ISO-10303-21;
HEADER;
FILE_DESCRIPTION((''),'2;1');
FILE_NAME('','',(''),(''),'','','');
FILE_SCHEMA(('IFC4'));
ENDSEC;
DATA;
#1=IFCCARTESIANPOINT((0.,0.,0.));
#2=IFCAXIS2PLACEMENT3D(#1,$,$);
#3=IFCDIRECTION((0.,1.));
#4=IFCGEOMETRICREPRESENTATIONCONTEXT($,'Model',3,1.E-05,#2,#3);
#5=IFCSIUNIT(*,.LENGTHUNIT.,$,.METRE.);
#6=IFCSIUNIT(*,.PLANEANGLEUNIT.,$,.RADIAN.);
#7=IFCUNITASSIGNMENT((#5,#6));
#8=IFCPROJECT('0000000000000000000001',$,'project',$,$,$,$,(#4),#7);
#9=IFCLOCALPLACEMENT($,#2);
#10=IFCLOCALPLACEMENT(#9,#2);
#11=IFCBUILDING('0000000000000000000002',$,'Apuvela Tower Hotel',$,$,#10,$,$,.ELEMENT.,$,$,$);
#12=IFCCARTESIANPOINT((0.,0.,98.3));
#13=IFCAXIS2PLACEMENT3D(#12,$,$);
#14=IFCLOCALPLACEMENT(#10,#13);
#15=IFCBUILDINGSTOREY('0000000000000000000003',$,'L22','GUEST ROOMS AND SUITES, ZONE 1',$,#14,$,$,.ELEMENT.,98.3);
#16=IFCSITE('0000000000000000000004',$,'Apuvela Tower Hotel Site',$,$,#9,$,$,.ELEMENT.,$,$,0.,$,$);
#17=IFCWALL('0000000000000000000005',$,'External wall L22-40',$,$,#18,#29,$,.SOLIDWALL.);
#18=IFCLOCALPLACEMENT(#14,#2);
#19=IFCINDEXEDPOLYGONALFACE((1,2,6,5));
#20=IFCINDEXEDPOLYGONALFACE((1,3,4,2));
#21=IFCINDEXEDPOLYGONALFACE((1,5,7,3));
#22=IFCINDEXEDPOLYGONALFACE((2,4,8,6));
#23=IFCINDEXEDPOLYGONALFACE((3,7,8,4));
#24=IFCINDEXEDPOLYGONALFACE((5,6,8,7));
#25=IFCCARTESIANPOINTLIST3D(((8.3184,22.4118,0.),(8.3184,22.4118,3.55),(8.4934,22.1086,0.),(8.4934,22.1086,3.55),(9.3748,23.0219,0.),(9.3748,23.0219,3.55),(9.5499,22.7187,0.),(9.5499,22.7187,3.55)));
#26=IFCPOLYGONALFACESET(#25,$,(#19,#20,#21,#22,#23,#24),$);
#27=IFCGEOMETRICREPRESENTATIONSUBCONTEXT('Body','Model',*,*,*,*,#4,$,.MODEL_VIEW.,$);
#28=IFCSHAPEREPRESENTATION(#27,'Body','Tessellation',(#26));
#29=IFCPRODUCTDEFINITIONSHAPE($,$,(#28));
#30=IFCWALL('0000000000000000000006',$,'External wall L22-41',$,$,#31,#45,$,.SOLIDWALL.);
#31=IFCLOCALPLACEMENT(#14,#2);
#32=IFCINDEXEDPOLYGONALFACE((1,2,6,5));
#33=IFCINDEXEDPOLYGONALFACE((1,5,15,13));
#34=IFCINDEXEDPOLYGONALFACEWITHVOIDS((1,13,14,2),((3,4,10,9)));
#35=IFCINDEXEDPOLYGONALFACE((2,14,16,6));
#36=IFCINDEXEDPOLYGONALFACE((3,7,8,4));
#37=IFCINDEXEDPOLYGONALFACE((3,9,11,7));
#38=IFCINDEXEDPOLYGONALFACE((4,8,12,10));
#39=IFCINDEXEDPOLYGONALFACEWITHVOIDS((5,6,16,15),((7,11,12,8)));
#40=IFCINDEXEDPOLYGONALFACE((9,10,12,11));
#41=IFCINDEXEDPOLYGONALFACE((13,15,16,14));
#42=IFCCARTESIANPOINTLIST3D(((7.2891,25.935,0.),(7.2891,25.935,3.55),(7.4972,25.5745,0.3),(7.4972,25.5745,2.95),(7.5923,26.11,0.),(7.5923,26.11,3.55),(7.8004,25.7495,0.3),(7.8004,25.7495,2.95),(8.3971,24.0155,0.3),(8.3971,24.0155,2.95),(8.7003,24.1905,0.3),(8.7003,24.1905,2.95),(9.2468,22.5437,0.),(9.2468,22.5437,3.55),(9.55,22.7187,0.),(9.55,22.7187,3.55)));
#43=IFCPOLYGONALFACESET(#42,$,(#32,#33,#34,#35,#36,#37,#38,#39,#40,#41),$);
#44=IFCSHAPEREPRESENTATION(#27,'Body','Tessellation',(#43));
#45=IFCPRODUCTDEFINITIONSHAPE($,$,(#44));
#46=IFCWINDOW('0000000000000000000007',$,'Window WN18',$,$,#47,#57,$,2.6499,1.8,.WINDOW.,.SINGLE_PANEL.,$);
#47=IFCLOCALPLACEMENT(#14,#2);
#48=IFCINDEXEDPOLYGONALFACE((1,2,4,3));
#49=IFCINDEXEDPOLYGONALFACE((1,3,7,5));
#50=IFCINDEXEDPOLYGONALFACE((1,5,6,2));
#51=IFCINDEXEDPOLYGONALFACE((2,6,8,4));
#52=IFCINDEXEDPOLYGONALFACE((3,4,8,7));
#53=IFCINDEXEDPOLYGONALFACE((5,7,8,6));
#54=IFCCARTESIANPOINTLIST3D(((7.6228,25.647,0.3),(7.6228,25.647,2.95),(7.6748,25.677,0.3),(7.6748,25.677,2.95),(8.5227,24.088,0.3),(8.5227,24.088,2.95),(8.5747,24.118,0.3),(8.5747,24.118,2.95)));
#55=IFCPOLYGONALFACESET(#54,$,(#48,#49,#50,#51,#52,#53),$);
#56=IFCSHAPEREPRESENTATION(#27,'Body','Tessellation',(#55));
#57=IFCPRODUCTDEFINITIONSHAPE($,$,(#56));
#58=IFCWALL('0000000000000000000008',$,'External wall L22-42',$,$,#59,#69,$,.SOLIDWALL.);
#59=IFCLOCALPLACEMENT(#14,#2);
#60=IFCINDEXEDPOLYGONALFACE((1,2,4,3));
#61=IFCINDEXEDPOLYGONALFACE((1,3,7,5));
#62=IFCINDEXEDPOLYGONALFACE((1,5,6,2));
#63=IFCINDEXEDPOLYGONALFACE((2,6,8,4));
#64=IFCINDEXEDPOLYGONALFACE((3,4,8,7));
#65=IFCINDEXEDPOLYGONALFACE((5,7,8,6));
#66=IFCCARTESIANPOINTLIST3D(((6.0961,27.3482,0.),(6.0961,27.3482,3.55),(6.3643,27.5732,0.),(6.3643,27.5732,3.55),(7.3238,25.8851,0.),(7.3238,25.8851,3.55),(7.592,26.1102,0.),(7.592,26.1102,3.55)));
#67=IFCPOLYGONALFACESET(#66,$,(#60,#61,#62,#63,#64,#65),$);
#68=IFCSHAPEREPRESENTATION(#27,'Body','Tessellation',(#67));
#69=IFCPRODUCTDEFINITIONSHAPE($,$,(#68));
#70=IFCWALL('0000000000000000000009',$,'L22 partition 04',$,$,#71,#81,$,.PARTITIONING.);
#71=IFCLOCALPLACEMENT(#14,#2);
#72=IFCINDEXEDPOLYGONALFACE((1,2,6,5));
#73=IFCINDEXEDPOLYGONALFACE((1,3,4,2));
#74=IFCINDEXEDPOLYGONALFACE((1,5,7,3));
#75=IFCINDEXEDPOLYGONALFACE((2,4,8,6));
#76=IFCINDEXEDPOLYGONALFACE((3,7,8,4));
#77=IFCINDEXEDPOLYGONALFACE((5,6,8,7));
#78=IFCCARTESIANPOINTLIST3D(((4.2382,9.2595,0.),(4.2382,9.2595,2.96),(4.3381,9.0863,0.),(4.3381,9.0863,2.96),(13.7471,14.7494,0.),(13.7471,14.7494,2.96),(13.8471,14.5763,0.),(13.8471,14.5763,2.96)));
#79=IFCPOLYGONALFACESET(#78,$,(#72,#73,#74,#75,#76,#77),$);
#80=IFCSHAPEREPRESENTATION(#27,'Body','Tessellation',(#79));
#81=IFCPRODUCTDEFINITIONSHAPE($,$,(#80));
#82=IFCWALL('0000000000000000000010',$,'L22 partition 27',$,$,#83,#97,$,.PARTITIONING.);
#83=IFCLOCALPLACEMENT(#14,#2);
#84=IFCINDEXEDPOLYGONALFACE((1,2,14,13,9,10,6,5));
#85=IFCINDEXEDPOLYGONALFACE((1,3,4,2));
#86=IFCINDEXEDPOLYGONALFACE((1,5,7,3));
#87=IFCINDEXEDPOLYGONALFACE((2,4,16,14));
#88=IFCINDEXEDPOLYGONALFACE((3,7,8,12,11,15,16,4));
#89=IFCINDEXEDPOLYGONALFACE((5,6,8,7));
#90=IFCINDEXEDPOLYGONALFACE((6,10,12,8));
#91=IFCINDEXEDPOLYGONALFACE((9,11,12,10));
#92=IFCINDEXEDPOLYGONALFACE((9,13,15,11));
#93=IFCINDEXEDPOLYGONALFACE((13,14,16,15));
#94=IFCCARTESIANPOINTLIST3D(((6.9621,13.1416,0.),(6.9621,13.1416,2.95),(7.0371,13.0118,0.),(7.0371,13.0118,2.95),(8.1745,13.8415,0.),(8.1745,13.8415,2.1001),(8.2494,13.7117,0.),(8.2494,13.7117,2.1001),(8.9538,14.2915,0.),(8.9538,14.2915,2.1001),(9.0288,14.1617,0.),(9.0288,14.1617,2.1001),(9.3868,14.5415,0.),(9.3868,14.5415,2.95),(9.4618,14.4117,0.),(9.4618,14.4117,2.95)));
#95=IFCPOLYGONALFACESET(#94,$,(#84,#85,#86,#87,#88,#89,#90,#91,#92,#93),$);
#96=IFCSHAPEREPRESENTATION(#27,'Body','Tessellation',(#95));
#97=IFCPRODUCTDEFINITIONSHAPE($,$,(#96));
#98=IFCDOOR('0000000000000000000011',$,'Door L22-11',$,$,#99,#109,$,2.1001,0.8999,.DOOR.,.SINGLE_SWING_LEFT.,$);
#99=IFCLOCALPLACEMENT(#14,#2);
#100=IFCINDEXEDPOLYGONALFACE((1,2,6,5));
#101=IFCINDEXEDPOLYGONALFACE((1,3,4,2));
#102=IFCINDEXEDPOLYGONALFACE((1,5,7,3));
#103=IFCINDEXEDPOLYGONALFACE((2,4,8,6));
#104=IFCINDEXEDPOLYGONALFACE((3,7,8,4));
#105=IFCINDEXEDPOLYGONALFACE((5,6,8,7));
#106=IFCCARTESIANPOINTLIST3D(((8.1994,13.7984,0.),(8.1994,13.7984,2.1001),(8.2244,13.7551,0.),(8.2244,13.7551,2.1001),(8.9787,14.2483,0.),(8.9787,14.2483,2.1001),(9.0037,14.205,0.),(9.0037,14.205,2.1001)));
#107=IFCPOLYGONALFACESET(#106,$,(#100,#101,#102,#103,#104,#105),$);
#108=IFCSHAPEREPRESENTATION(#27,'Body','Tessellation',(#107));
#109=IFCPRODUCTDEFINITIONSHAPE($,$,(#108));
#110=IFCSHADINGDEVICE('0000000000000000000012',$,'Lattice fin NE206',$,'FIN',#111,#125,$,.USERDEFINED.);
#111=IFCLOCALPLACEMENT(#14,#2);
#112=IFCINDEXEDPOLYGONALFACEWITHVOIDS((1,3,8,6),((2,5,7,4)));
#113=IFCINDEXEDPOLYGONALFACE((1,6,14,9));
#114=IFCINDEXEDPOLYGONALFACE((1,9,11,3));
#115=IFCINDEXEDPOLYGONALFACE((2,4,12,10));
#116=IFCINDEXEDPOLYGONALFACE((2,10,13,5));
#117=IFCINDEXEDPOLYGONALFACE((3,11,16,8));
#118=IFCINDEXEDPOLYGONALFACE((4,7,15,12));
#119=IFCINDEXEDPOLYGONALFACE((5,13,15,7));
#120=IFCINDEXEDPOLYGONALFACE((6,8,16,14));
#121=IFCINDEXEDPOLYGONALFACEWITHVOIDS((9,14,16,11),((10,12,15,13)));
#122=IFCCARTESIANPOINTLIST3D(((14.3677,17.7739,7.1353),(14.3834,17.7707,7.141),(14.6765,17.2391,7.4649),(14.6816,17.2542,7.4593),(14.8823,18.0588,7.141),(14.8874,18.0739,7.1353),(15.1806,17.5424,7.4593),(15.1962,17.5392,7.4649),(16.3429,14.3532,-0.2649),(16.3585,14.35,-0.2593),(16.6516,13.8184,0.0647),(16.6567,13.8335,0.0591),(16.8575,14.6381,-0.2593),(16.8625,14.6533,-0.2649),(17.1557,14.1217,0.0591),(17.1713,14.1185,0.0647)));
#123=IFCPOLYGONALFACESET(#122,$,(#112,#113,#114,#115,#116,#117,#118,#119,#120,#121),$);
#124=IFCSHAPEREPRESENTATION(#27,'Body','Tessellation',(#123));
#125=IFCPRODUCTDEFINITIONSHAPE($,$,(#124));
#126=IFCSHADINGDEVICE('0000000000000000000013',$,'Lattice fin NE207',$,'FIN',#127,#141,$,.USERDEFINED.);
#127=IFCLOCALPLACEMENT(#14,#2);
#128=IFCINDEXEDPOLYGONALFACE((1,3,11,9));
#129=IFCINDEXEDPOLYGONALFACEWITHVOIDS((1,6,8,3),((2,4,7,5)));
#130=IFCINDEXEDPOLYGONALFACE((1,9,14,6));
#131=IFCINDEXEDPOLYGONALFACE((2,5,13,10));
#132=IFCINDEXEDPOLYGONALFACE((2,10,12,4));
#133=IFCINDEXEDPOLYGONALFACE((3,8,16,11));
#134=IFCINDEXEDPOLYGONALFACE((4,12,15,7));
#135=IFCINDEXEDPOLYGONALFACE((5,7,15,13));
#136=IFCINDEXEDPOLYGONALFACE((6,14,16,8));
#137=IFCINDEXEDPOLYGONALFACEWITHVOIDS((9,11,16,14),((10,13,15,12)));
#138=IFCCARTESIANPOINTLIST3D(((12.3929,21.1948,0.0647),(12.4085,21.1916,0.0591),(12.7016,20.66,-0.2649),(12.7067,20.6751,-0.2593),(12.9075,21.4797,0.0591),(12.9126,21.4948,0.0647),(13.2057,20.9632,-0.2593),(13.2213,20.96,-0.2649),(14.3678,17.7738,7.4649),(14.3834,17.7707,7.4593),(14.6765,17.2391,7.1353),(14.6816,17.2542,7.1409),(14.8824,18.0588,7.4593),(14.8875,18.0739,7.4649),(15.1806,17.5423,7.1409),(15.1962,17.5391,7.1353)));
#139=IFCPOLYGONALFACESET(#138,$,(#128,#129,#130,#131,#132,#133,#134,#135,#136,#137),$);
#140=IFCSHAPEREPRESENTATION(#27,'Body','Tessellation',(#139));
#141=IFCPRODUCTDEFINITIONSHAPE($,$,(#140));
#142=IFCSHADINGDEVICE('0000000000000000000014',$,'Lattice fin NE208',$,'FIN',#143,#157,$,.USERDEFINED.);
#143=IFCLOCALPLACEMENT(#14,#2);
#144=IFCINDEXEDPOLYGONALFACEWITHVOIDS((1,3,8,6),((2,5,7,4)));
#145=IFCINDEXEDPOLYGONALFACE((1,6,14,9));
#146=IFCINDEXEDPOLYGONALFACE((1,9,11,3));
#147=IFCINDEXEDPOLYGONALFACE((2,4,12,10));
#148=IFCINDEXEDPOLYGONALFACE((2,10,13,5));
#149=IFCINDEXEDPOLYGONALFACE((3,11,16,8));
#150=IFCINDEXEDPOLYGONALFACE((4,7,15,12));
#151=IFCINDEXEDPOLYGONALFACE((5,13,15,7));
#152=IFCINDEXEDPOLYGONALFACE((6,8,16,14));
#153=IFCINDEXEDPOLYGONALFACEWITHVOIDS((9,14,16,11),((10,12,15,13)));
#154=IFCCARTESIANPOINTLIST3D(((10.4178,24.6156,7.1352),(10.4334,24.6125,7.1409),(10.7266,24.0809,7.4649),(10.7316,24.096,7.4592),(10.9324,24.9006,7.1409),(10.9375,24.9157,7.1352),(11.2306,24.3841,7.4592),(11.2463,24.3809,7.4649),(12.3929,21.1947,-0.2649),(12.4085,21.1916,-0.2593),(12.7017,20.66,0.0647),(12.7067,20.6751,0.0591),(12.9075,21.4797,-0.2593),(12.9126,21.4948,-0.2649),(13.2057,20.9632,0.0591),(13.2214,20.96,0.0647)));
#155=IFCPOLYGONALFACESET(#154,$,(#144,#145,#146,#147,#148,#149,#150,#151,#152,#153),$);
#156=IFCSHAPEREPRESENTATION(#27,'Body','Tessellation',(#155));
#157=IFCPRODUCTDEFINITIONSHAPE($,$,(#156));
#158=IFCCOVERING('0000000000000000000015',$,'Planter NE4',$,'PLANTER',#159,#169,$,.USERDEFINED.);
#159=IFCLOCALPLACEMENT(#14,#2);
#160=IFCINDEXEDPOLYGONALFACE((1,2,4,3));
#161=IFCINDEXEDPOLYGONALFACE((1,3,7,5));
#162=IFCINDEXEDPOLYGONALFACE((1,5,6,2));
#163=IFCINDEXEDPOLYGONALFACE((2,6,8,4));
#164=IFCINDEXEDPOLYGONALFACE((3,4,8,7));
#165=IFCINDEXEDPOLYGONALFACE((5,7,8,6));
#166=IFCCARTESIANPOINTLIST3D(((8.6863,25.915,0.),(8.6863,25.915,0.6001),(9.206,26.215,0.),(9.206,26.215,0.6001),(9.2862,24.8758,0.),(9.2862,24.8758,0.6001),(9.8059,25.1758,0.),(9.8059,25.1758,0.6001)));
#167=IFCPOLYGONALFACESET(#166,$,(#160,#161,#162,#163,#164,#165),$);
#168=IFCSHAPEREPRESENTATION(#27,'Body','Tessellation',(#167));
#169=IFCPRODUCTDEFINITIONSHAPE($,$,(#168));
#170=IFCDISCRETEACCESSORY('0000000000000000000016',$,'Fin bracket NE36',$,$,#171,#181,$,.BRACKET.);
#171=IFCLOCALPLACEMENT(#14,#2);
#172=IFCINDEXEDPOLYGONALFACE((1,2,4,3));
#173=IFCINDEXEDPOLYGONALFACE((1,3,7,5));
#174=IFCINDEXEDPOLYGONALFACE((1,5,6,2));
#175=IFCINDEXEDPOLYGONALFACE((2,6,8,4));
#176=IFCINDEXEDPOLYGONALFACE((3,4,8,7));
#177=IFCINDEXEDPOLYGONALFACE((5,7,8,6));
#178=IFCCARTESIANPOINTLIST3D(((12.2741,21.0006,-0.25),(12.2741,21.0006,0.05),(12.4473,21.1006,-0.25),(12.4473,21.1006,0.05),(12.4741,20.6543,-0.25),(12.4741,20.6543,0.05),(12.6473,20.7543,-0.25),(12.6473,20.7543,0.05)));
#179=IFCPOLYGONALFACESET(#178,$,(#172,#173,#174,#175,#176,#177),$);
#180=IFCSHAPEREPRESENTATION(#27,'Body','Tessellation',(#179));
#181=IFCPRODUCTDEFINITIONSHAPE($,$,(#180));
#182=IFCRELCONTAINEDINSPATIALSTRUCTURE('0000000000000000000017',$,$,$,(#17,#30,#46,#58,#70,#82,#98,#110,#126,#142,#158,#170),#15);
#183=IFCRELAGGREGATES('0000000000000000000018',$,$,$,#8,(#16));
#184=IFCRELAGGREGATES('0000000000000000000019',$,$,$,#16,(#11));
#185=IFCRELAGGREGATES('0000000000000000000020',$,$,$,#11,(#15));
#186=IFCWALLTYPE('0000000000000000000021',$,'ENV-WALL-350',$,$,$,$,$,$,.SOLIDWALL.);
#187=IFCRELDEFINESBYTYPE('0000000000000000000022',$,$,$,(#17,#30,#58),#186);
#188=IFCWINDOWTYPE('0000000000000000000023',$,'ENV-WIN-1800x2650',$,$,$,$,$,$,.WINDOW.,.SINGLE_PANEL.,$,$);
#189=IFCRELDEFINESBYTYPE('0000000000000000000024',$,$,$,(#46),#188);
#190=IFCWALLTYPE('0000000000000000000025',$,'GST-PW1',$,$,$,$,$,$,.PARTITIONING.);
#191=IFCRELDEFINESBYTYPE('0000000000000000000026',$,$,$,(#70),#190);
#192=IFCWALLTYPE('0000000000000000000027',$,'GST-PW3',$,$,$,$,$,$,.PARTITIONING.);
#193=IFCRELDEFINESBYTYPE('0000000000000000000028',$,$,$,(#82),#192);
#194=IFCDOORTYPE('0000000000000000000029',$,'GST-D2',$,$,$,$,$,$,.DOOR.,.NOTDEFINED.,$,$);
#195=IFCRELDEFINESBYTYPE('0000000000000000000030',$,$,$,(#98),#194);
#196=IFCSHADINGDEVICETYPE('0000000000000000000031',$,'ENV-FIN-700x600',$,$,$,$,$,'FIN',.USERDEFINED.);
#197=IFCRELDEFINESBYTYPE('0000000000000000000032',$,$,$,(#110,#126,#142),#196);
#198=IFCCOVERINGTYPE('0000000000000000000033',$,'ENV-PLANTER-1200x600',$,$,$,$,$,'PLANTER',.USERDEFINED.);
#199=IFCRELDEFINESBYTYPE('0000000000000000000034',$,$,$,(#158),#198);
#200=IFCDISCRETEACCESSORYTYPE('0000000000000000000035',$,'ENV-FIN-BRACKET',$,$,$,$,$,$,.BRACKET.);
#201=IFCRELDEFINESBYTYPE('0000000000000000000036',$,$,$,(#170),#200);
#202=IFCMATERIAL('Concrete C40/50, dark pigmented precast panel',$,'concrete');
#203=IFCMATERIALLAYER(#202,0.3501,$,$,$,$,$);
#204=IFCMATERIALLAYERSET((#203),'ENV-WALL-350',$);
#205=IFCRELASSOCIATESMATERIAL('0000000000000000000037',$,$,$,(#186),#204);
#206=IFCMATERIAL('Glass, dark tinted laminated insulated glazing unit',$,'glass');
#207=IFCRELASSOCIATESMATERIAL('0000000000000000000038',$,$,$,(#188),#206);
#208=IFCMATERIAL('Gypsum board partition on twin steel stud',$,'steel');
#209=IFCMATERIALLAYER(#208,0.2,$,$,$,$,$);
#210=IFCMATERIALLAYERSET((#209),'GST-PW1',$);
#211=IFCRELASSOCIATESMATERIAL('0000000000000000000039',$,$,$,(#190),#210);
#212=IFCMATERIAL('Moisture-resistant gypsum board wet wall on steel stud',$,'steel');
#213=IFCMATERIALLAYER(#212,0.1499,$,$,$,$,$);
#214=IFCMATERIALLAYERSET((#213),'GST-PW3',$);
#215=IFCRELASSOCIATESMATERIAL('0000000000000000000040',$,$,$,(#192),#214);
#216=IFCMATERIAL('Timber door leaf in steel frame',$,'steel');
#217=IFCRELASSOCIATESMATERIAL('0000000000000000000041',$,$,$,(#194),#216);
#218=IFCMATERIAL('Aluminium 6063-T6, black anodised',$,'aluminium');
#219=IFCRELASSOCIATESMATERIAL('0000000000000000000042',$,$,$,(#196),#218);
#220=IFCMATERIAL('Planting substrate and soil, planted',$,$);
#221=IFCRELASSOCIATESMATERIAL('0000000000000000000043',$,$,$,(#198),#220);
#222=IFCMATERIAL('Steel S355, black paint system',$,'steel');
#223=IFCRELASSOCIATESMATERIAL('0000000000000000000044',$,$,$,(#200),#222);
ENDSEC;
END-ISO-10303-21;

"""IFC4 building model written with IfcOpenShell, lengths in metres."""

from ifc_helpers import new_model, si_unit, direction, frame, frame_2d, origin, origin_2d, place, context, subcontext, project, spatial, rectangle, hollow_rectangle, extrude, material, layer, layer_set, material_profile, profile_set, type_object, element, fill, save


model = new_model("IFC4")

# Units and contexts
model_context = context("Model", 3, precision=1e-05, world=origin(), true_north=direction((0.0, 1.0)))
body_context = subcontext(model_context, "Body", "Model", "MODEL_VIEW")
ifc_project = project(units=[si_unit("LENGTHUNIT", "METRE"), si_unit("PLANEANGLEUNIT", "RADIAN")], contexts=[model_context])

# Site, building, storey
site_placement = place(None, origin())
site = spatial("IfcSite", under=ifc_project, at=site_placement, Name="Apuvela Tower Hotel Site", CompositionType="ELEMENT", RefElevation=0.0)
building_placement = place(site_placement, origin())
building = spatial("IfcBuilding", under=site, at=building_placement, Name="Apuvela Tower Hotel", CompositionType="ELEMENT")
storey_placement = place(building_placement, frame((0.0, 0.0, 98.3)))
storey = spatial("IfcBuildingStorey", under=building, at=storey_placement, Name="L22", Description="GUEST ROOMS AND SUITES, ZONE 1", CompositionType="ELEMENT", Elevation=98.3)

# Shared definitions
ifc_material_1 = material(Name="Concrete C40/50, dark pigmented precast panel", Category="concrete")
ifc_layer_1 = layer(ifc_material_1, 0.3501)
ifc_layer_set_1 = layer_set([ifc_layer_1], Name="ENV-WALL-350")
wall_type_1 = type_object("IfcWallType", Name="ENV-WALL-350", PredefinedType="SOLIDWALL", material=ifc_layer_set_1)

# Shared definitions
ifc_material_2 = material(Name="Glass, dark tinted laminated insulated glazing unit", Category="glass")

# Wall
wall_1_placement = place(storey_placement, frame((8.406, 22.2603, 0.0), z_axis=(0.0, 0.0, 1.0), x_axis=(0.865956, 0.500121, 0.0)))
element("IfcWall", 1, at=wall_1_placement, inside=storey, type_object=wall_type_1, Name="External wall L22-40", PredefinedType="SOLIDWALL", context=body_context, shape_type="SweptSolid", body=[
    extrude(rectangle(XDim=1.22, YDim=0.3501, at=frame_2d((0.6099, 0.0))), origin(), (0.0, 0.0, 1.0), 3.55),
])

# Wall, opening, window
wall_2_placement = place(storey_placement, frame((9.3984, 22.6311, 0.0), z_axis=(0.0, 0.0, 1.0), x_axis=(-0.499955, 0.866052, 0.0)))
wall_2 = element("IfcWall", 2, at=wall_2_placement, inside=storey, type_object=wall_type_1, Name="External wall L22-41", PredefinedType="SOLIDWALL", context=body_context, shape_type="SweptSolid", body=[
    extrude(rectangle(XDim=3.9158, YDim=0.3501, at=frame_2d((1.958, 0.0))), origin(), (0.0, 0.0, 1.0), 3.55),
])
opening_1_placement = place(wall_2_placement, frame((1.6997, 0.0, 0.3)))
opening_1 = element("IfcOpeningElement", 3, at=opening_1_placement, cuts=wall_2, PredefinedType="OPENING", context=body_context, shape_type="SweptSolid", body=[
    extrude(rectangle(XDim=1.8, YDim=2.6499, at=frame_2d((0.8999, 1.325))), frame((0.0, 0.1851, 0.0), z_axis=(0.0, -1.0, 0.0), x_axis=(1.0, 0.0, 0.0)), (0.0, 0.0, 1.0), 0.3701),
])
window_type_1 = type_object("IfcWindowType", Name="ENV-WIN-1800x2650", PartitioningType="SINGLE_PANEL", PredefinedType="WINDOW", material=ifc_material_2)
window_1_placement = place(opening_1_placement, origin())
window_1 = element("IfcWindow", 4, at=window_1_placement, inside=storey, type_object=window_type_1, Name="Window WN18", OverallHeight=2.6499, OverallWidth=1.8, PartitioningType="SINGLE_PANEL", PredefinedType="WINDOW", context=body_context, shape_type="SweptSolid", body=[
    extrude(rectangle(XDim=1.8, YDim=2.6499, at=frame_2d((0.8999, 1.325))), frame((0.0, 0.03, 0.0), z_axis=(0.0, -1.0, 0.0), x_axis=(1.0, 0.0, 0.0)), (0.0, 0.0, 1.0), 0.0601),
])
fill(opening_1, window_1)

# Walls
wall_3_placement = place(storey_placement, frame((7.458, 25.9976, 0.0), z_axis=(0.0, 0.0, 1.0), x_axis=(-0.642808, 0.766027, 0.0)))
element("IfcWall", 5, at=wall_3_placement, inside=storey, type_object=wall_type_1, Name="External wall L22-42", PredefinedType="SOLIDWALL", context=body_context, shape_type="SweptSolid", body=[
    extrude(rectangle(XDim=1.9099, YDim=0.3501, at=frame_2d((0.9551, 0.0))), origin(), (0.0, 0.0, 1.0), 3.55),
])
ifc_material_3 = material(Name="Gypsum board partition on twin steel stud", Category="steel")
ifc_layer_2 = layer(ifc_material_3, 0.2)
ifc_layer_set_2 = layer_set([ifc_layer_2], Name="GST-PW1")
wall_type_2 = type_object("IfcWallType", Name="GST-PW1", PredefinedType="PARTITIONING", material=ifc_layer_set_2)
wall_4_placement = place(storey_placement, frame((13.7971, 14.6628, 0.0), z_axis=(0.0, 0.0, 1.0), x_axis=(-0.866027, -0.499996, 0.0)))
element("IfcWall", 6, at=wall_4_placement, inside=storey, type_object=wall_type_2, Name="L22 partition 04", PredefinedType="PARTITIONING", context=body_context, shape_type="SweptSolid", body=[
    extrude(rectangle(XDim=10.98, YDim=0.2, at=frame_2d((5.49, 0.0))), origin(), (0.0, 0.0, 1.0), 2.96),
])

# Wall, opening, door
ifc_material_4 = material(Name="Moisture-resistant gypsum board wet wall on steel stud", Category="steel")
ifc_layer_3 = layer(ifc_material_4, 0.1499)
ifc_layer_set_3 = layer_set([ifc_layer_3], Name="GST-PW3")
wall_type_3 = type_object("IfcWallType", Name="GST-PW3", PredefinedType="PARTITIONING", material=ifc_layer_set_3)
wall_5_placement = place(storey_placement, frame((9.4243, 14.4766, 0.0), z_axis=(0.0, 0.0, 1.0), x_axis=(-0.866035, -0.499984, 0.0)))
wall_5 = element("IfcWall", 7, at=wall_5_placement, inside=storey, type_object=wall_type_3, Name="L22 partition 27", PredefinedType="PARTITIONING", context=body_context, shape_type="SweptSolid", body=[
    extrude(rectangle(XDim=2.7998, YDim=0.1499, at=frame_2d((1.3999, 0.0))), origin(), (0.0, 0.0, 1.0), 2.95),
])
opening_2_placement = place(wall_5_placement, frame((0.5, 0.0, 0.0)))
opening_2 = element("IfcOpeningElement", 8, at=opening_2_placement, cuts=wall_5, PredefinedType="OPENING", context=body_context, shape_type="SweptSolid", body=[
    extrude(rectangle(XDim=0.8999, YDim=2.1001, at=frame_2d((0.45, 1.05))), frame((0.0, 0.085, 0.0), z_axis=(0.0, -1.0, 0.0), x_axis=(1.0, 0.0, 0.0)), (0.0, 0.0, 1.0), 0.1699),
])
ifc_material_5 = material(Name="Timber door leaf in steel frame", Category="steel")
door_type_1 = type_object("IfcDoorType", Name="GST-D2", OperationType="NOTDEFINED", PredefinedType="DOOR", material=ifc_material_5)
door_1_placement = place(opening_2_placement, origin())
door_1 = element("IfcDoor", 9, at=door_1_placement, inside=storey, type_object=door_type_1, Name="Door L22-11", OperationType="SINGLE_SWING_LEFT", OverallHeight=2.1001, OverallWidth=0.8999, PredefinedType="DOOR", context=body_context, shape_type="SweptSolid", body=[
    extrude(rectangle(XDim=0.8999, YDim=2.1001, at=frame_2d((0.45, 1.05))), frame((0.0, 0.0249, 0.0), z_axis=(0.0, -1.0, 0.0), x_axis=(1.0, 0.0, 0.0)), (0.0, 0.0, 1.0), 0.05),
])
fill(opening_2, door_1)

# Shading devices
ifc_material_6 = material(Name="Aluminium 6063-T6, black anodised", Category="aluminium")
ifc_material_profile_1 = material_profile(ifc_material_6, hollow_rectangle(XDim=0.6001, YDim=0.7, WallThickness=0.012, at=origin_2d()), Name="AL BOX 700x600x12")
ifc_profile_set_1 = profile_set([ifc_material_profile_1], Name="Aluminium 6063-T6, black anodised")
shading_device_type = type_object("IfcShadingDeviceType", Name="ENV-FIN-700x600", ElementType="FIN", PredefinedType="USERDEFINED", material=ifc_profile_set_1)
for number, where, z_axis, x_axis, name in (
    (10, (16.7571, 14.2358, -0.1001), (-0.235458, 0.407787, 0.882196), (-0.866005, -0.500035, 0.0), "Lattice fin NE206"),
    (11, (12.8071, 21.0774, -0.1001), (0.235428, -0.407814, 0.882191), (0.866048, 0.499961, 0.0), "Lattice fin NE207"),
    (12, (12.8071, 21.0774, -0.1001), (-0.235455, 0.407812, 0.882185), (-0.866021, -0.500008, 0.0), "Lattice fin NE208"),
):
    element("IfcShadingDevice", number, at=place(storey_placement, frame(where, z_axis=z_axis, x_axis=x_axis)), inside=storey, type_object=shading_device_type, Name=name, ObjectType="FIN", PredefinedType="USERDEFINED", context=body_context, shape_type="SweptSolid", body=[
        extrude(hollow_rectangle(XDim=0.6001, YDim=0.7, WallThickness=0.012, at=origin_2d()), origin(), (0.0, 0.0, 1.0), 8.3884),
    ])

# Covering
ifc_material_7 = material(Name="Planting substrate and soil, planted")
covering_type = type_object("IfcCoveringType", Name="ENV-PLANTER-1200x600", ElementType="PLANTER", PredefinedType="USERDEFINED", material=ifc_material_7)
covering_placement = place(storey_placement, frame((9.2461, 25.5454, 0.0), z_axis=(0.0, 0.0, 1.0), x_axis=(-0.5, 0.866025, 0.0)))
element("IfcCovering", 13, at=covering_placement, inside=storey, type_object=covering_type, Name="Planter NE4", ObjectType="PLANTER", PredefinedType="USERDEFINED", context=body_context, shape_type="SweptSolid", body=[
    extrude(rectangle(XDim=1.2, YDim=0.6001, at=origin_2d()), origin(), (0.0, 0.0, 1.0), 0.6001),
])

# Discrete accessory
ifc_material_8 = material(Name="Steel S355, black paint system", Category="steel")
discrete_accessory_type = type_object("IfcDiscreteAccessoryType", Name="ENV-FIN-BRACKET", PredefinedType="BRACKET", material=ifc_material_8)
discrete_accessory_placement = place(storey_placement, frame((12.4607, 20.8774, -0.25), z_axis=(0.0, 0.0, 1.0), x_axis=(-0.5, 0.866025, 0.0)))
element("IfcDiscreteAccessory", 14, at=discrete_accessory_placement, inside=storey, type_object=discrete_accessory_type, Name="Fin bracket NE36", PredefinedType="BRACKET", context=body_context, shape_type="SweptSolid", body=[
    extrude(rectangle(XDim=0.3999, YDim=0.2, at=origin_2d()), origin(), (0.0, 0.0, 1.0), 0.3),
])

save(model, "model.ifc")
